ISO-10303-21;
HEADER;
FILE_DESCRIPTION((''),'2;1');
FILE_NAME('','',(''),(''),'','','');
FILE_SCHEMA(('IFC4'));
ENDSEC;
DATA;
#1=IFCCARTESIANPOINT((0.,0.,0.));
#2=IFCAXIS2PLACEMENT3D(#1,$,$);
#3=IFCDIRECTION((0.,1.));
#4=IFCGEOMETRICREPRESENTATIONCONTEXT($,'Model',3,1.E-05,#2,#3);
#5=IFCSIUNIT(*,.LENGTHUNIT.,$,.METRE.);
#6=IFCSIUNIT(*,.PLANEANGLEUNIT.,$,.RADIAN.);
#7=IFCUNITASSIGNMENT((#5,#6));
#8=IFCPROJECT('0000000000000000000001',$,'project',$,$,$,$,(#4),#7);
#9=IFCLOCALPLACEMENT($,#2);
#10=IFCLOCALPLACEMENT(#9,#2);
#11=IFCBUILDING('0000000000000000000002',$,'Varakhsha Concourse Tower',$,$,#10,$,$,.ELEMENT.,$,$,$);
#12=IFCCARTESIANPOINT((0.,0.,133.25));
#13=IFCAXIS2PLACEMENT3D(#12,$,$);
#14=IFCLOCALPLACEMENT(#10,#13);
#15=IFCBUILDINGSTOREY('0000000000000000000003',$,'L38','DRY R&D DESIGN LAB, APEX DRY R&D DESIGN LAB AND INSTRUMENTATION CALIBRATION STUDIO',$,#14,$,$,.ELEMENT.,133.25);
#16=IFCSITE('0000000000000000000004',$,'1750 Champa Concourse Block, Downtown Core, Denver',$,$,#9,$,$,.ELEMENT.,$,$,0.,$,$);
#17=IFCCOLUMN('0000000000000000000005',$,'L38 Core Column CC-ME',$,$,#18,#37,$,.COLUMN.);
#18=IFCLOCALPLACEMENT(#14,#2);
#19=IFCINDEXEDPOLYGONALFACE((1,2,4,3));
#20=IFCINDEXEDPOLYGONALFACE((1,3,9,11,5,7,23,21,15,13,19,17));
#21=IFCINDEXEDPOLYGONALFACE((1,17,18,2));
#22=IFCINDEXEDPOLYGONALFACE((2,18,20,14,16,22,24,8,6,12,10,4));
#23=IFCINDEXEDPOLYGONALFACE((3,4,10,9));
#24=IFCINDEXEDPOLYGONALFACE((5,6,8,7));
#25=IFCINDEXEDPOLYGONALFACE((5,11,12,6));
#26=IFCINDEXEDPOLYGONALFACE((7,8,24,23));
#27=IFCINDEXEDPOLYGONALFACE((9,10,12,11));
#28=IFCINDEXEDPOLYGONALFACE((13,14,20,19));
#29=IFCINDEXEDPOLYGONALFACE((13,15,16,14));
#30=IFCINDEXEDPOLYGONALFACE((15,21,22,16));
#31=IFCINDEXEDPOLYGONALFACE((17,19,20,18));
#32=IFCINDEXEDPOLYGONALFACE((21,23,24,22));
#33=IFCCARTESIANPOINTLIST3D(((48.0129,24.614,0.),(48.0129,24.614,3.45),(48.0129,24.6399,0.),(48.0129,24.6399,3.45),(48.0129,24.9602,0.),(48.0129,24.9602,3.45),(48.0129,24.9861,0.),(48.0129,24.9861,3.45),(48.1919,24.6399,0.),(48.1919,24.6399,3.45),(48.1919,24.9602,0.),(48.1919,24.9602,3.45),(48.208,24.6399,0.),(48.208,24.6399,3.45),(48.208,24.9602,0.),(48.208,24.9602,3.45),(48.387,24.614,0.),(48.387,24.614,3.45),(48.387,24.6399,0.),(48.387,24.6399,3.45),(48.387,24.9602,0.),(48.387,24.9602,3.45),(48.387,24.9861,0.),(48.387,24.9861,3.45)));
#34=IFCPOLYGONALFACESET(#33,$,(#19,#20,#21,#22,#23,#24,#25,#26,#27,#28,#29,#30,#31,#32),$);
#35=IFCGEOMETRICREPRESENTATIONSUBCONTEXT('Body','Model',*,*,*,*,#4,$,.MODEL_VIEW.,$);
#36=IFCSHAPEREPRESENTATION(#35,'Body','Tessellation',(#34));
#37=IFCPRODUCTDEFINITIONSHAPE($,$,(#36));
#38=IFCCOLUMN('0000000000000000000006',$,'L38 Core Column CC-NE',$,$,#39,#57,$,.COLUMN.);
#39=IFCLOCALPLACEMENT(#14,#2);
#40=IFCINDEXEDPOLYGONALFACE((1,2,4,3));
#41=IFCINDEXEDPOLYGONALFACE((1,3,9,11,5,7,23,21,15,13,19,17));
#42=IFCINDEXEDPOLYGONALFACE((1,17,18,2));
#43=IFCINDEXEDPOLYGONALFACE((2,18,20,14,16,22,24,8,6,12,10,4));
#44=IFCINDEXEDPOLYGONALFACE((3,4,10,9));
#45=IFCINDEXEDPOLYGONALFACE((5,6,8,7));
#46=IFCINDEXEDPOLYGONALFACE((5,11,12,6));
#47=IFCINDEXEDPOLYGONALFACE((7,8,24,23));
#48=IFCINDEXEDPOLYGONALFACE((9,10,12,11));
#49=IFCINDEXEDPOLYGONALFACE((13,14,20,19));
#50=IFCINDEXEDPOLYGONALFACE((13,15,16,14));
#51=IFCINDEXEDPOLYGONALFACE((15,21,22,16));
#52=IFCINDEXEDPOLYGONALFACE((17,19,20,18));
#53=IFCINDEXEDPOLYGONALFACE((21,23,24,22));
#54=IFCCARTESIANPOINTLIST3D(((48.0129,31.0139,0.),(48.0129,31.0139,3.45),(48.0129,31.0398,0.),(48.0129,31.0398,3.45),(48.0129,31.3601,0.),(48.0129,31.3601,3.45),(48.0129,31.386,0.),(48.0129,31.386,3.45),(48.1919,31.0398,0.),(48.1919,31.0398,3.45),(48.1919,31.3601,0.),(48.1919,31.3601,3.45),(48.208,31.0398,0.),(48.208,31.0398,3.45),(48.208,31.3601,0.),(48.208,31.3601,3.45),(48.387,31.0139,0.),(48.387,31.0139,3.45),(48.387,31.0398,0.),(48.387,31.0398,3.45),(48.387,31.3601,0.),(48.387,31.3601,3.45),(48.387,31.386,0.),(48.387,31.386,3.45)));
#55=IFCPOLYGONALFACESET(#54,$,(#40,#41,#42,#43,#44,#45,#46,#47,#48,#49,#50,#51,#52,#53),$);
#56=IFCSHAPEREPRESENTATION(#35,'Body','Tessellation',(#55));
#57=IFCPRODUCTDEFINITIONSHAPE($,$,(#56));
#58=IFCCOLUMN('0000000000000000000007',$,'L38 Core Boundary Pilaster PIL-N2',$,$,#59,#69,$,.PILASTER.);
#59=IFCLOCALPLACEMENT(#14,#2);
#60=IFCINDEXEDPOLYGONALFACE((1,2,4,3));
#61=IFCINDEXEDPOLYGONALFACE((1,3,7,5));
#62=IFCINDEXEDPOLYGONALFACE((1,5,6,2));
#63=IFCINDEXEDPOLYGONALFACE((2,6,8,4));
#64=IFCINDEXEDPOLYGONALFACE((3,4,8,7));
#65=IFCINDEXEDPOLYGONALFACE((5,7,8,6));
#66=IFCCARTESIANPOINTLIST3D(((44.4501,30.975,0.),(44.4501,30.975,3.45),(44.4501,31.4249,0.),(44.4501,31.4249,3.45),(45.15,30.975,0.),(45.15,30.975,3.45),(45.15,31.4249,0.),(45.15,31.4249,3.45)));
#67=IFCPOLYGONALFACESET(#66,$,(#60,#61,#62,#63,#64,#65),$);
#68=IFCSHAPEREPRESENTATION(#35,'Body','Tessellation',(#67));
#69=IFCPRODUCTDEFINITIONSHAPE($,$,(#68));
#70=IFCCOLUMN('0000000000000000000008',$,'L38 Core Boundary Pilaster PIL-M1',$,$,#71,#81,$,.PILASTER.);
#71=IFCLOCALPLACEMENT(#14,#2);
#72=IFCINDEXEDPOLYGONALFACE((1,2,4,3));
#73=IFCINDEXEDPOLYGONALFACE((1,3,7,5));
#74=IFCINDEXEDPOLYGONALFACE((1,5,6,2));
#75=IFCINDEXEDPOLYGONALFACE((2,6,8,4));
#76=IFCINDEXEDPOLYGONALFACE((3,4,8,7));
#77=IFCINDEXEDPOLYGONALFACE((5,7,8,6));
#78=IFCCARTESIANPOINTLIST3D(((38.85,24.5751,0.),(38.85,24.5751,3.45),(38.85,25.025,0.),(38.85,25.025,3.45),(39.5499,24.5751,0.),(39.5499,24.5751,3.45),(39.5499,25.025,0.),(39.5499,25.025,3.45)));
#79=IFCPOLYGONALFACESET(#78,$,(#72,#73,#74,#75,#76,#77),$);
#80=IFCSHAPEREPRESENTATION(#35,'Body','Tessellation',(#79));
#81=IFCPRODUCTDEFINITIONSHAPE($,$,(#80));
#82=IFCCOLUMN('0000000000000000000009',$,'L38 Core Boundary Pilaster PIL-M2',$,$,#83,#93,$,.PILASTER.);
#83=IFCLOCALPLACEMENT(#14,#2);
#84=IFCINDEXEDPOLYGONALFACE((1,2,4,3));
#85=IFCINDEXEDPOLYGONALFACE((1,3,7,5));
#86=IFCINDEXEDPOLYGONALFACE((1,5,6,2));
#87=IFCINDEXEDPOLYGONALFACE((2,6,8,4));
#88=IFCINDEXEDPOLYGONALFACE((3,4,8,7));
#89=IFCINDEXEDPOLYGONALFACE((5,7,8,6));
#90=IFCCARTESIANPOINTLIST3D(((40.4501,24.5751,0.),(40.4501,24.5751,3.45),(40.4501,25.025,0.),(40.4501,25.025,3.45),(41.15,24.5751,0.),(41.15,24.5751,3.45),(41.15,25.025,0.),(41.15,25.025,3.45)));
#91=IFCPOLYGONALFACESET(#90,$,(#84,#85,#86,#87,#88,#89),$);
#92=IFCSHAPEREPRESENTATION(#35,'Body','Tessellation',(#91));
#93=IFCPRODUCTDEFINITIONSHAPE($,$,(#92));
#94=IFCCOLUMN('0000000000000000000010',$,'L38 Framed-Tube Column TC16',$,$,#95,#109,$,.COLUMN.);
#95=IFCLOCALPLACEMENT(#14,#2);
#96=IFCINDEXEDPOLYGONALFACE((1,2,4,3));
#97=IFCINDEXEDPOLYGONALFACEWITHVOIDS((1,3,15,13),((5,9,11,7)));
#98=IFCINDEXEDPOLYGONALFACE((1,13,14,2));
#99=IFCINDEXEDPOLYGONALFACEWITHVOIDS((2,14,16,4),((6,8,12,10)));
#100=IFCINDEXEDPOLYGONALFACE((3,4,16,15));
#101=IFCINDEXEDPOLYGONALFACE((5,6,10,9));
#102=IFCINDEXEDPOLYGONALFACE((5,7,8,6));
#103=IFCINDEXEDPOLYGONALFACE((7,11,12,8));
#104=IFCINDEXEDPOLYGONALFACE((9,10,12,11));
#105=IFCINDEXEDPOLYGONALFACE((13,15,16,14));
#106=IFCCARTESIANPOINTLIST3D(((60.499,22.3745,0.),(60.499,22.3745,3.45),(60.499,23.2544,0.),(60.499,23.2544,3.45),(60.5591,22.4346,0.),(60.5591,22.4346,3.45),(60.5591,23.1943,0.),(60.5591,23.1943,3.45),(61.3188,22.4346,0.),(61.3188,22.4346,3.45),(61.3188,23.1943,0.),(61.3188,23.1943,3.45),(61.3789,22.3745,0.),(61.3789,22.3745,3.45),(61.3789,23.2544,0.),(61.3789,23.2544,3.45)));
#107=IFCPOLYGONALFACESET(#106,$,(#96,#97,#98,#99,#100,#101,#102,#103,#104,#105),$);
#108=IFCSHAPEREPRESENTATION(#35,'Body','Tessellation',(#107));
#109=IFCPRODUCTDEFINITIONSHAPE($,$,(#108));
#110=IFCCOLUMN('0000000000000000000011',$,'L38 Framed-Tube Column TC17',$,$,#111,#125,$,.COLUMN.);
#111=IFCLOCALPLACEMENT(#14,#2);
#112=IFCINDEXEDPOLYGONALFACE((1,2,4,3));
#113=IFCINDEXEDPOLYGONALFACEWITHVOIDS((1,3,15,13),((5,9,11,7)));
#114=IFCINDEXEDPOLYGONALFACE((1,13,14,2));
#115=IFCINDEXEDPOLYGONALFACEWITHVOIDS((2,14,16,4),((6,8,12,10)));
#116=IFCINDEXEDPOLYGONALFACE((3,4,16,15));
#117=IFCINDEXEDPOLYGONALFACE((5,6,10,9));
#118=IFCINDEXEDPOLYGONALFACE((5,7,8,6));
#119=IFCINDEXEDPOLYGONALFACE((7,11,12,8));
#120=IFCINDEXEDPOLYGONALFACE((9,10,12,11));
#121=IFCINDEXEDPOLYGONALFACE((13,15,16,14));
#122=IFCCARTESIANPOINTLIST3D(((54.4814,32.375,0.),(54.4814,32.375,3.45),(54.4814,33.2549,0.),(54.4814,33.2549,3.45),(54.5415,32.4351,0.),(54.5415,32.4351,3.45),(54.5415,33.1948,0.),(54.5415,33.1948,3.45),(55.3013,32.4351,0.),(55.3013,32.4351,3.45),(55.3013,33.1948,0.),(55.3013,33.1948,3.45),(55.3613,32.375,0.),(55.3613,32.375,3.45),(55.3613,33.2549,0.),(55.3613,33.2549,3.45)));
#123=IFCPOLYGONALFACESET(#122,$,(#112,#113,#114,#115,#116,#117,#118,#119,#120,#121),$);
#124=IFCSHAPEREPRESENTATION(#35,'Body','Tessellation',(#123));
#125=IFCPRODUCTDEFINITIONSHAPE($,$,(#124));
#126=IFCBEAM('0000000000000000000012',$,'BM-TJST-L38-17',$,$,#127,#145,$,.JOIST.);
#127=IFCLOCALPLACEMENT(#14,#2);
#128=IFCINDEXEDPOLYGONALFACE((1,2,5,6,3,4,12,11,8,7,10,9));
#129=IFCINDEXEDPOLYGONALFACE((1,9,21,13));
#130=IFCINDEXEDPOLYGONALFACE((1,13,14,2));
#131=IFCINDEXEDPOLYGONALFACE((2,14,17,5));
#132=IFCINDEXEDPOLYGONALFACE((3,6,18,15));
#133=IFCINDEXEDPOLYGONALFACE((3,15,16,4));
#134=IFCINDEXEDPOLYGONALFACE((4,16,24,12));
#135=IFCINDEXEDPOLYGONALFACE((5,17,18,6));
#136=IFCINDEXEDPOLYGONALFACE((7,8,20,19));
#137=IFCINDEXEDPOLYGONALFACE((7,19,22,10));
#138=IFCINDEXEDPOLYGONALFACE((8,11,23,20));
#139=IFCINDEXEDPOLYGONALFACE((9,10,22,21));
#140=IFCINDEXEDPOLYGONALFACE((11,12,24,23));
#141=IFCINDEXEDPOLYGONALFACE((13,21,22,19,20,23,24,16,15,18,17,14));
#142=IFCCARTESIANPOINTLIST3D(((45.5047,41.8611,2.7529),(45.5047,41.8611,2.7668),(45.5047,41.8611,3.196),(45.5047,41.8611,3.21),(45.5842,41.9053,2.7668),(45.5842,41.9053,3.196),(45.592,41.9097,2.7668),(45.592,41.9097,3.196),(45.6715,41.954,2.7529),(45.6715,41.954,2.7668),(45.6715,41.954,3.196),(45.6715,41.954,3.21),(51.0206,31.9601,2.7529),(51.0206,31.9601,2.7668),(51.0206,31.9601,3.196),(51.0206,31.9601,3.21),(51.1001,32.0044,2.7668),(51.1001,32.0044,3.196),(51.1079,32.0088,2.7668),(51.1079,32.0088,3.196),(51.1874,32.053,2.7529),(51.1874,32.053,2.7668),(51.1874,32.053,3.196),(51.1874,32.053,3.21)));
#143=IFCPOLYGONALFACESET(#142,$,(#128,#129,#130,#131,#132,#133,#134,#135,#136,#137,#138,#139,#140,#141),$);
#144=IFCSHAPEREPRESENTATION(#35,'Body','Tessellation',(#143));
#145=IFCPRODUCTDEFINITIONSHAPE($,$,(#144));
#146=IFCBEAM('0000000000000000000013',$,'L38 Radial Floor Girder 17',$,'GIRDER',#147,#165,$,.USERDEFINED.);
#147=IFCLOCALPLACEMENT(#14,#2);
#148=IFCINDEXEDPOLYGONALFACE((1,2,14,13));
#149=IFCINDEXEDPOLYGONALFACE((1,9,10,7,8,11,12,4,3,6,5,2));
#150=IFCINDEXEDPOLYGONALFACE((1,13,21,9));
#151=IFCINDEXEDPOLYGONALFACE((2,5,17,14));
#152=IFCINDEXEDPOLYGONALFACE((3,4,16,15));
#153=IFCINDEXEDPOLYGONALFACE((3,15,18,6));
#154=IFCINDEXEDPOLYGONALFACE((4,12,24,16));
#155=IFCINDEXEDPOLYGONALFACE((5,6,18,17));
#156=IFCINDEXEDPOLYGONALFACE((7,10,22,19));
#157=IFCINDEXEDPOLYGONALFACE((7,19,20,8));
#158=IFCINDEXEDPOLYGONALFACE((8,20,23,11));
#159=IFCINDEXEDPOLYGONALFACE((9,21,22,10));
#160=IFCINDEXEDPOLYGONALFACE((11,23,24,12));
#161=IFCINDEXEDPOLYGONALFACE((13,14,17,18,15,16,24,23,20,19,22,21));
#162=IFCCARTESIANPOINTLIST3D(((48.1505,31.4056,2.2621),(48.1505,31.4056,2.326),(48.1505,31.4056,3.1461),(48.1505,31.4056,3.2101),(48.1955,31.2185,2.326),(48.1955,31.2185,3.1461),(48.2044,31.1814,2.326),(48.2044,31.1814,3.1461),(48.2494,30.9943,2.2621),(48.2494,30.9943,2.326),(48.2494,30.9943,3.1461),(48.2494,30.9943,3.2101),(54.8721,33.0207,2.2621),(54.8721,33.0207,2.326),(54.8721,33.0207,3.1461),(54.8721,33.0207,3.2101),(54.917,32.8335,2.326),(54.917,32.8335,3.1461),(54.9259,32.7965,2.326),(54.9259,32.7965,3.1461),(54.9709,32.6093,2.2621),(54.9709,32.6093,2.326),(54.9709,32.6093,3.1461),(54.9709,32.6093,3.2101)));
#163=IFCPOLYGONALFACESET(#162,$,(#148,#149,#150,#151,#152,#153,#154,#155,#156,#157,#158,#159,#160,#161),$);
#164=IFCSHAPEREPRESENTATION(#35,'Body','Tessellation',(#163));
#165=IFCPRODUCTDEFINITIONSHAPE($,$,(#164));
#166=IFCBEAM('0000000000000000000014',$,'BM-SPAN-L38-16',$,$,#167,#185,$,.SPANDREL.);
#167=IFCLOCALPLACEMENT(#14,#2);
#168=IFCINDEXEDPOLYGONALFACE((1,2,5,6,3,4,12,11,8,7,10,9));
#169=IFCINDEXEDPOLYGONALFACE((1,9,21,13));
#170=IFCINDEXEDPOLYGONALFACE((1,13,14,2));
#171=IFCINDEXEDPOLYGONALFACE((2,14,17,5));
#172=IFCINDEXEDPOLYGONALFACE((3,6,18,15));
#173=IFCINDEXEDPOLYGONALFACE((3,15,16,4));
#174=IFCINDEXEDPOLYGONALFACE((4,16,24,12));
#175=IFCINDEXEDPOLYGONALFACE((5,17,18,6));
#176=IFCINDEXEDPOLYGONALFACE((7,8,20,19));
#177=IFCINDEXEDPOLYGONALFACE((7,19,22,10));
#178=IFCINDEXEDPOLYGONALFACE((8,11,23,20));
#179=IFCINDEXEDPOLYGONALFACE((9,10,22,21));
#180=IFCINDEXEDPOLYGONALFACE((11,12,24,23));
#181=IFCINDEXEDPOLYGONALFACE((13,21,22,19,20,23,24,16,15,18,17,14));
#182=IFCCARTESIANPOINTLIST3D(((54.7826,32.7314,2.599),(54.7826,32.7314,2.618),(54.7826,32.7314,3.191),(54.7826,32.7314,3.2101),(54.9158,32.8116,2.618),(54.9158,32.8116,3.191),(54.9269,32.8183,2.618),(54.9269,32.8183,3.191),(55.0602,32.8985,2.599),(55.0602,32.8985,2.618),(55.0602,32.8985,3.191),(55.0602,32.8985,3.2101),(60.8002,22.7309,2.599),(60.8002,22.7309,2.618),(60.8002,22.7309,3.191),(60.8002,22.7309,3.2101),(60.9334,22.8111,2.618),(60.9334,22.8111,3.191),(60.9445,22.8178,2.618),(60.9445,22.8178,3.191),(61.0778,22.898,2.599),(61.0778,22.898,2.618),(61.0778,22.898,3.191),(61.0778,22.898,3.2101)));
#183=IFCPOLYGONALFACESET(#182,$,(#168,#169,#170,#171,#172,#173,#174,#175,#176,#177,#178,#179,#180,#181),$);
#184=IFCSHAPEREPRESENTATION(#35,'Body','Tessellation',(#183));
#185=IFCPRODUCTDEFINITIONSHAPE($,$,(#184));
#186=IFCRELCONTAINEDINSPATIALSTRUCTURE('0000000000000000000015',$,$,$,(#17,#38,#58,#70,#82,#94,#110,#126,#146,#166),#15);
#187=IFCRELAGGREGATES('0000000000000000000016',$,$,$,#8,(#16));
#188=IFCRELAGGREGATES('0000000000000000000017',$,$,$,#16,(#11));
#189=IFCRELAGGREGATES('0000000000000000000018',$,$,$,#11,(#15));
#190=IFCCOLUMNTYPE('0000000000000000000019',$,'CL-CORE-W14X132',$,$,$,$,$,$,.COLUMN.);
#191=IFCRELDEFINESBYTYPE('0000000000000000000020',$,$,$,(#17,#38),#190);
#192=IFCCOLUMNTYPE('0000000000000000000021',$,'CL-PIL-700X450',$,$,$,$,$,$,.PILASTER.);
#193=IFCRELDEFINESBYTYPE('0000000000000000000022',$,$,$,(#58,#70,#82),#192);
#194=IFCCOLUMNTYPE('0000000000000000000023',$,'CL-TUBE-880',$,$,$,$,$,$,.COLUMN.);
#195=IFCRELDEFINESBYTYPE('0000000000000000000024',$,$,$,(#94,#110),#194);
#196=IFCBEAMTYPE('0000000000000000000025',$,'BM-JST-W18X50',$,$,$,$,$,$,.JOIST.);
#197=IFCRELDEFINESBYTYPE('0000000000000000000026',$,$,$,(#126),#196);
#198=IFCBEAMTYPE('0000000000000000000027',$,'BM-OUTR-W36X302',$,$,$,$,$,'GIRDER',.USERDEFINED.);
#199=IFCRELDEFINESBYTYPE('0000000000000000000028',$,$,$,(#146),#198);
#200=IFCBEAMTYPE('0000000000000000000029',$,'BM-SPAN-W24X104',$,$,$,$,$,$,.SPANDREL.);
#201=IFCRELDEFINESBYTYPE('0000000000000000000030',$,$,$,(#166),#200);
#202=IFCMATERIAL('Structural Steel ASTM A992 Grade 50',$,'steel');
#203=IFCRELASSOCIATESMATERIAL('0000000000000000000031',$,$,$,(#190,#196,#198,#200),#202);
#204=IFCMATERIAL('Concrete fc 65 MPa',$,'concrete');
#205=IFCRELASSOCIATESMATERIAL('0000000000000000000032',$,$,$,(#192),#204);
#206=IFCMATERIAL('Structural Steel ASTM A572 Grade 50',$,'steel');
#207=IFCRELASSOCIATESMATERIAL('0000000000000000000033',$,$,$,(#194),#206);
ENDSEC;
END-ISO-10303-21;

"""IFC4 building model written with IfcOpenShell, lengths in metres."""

from ifc_helpers import new_model, si_unit, direction, frame, origin, origin_2d, place, context, subcontext, project, spatial, rectangle, hollow_rectangle, i_section, extrude, material, material_profile, profile_set, type_object, element, save


model = new_model("IFC4")

# Units and contexts
model_context = context("Model", 3, precision=1e-05, world=origin(), true_north=direction((0.0, 1.0)))
body_context = subcontext(model_context, "Body", "Model", "MODEL_VIEW")
ifc_project = project(units=[si_unit("LENGTHUNIT", "METRE"), si_unit("PLANEANGLEUNIT", "RADIAN")], contexts=[model_context])

# Site, building, storey
site_placement = place(None, origin())
site = spatial("IfcSite", under=ifc_project, at=site_placement, Name="1750 Champa Concourse Block, Downtown Core, Denver", CompositionType="ELEMENT", RefElevation=0.0)
building_placement = place(site_placement, origin())
building = spatial("IfcBuilding", under=site, at=building_placement, Name="Varakhsha Concourse Tower", CompositionType="ELEMENT")
storey_placement = place(building_placement, frame((0.0, 0.0, 133.25)))
storey = spatial("IfcBuildingStorey", under=building, at=storey_placement, Name="L38", Description="DRY R&D DESIGN LAB, APEX DRY R&D DESIGN LAB AND INSTRUMENTATION CALIBRATION STUDIO", CompositionType="ELEMENT", Elevation=133.25)

# Columns
ifc_material_1 = material(Name="Structural Steel ASTM A992 Grade 50", Category="steel")
ifc_material_profile_1 = material_profile(ifc_material_1, i_section(OverallWidth=0.374, OverallDepth=0.3721, WebThickness=0.0161, FlangeThickness=0.0259, at=origin_2d()), Name="W14X132")
ifc_profile_set_1 = profile_set([ifc_material_profile_1], Name="Structural Steel ASTM A992 Grade 50")
column_type_1 = type_object("IfcColumnType", Name="CL-CORE-W14X132", PredefinedType="COLUMN", material=ifc_profile_set_1)
for number, where, z_axis, x_axis, name in (
    (1, (48.2, 24.8, 0.0), (0.0, 0.0, 1.0), (1.0, 0.0, 0.0), "L38 Core Column CC-ME"),
    (2, (48.2, 31.2, 0.0), (0.0, 0.0, 1.0), (1.0, 0.0, 0.0), "L38 Core Column CC-NE"),
):
    element("IfcColumn", number, at=place(storey_placement, frame(where, z_axis=z_axis, x_axis=x_axis)), inside=storey, type_object=column_type_1, Name=name, PredefinedType="COLUMN", context=body_context, shape_type="SweptSolid", body=[
        extrude(i_section(OverallWidth=0.374, OverallDepth=0.3721, WebThickness=0.0161, FlangeThickness=0.0259, at=origin_2d()), origin(), (0.0, 0.0, 1.0), 3.45),
    ])
ifc_material_2 = material(Name="Concrete fc 65 MPa", Category="concrete")
ifc_material_profile_2 = material_profile(ifc_material_2, rectangle(XDim=0.7, YDim=0.45, at=origin_2d()), Name="RC 700x450")
ifc_profile_set_2 = profile_set([ifc_material_profile_2], Name="Concrete fc 65 MPa")
column_type_2 = type_object("IfcColumnType", Name="CL-PIL-700X450", PredefinedType="PILASTER", material=ifc_profile_set_2)
for number, where, z_axis, x_axis, name in (
    (3, (44.8, 31.2, 0.0), (0.0, 0.0, 1.0), (1.0, 0.0, 0.0), "L38 Core Boundary Pilaster PIL-N2"),
    (4, (39.2, 24.8, 0.0), (0.0, 0.0, 1.0), (1.0, 0.0, 0.0), "L38 Core Boundary Pilaster PIL-M1"),
    (5, (40.8, 24.8, 0.0), (0.0, 0.0, 1.0), (1.0, 0.0, 0.0), "L38 Core Boundary Pilaster PIL-M2"),
):
    element("IfcColumn", number, at=place(storey_placement, frame(where, z_axis=z_axis, x_axis=x_axis)), inside=storey, type_object=column_type_2, Name=name, PredefinedType="PILASTER", context=body_context, shape_type="SweptSolid", body=[
        extrude(rectangle(XDim=0.7, YDim=0.45, at=origin_2d()), origin(), (0.0, 0.0, 1.0), 3.45),
    ])
ifc_material_3 = material(Name="Structural Steel ASTM A572 Grade 50", Category="steel")
ifc_material_profile_3 = material_profile(ifc_material_3, hollow_rectangle(XDim=0.8799, YDim=0.8799, WallThickness=0.0601, at=origin_2d()), Name="BOX 880x880x60")
ifc_profile_set_3 = profile_set([ifc_material_profile_3], Name="Structural Steel ASTM A572 Grade 50")
column_type_3 = type_object("IfcColumnType", Name="CL-TUBE-880", PredefinedType="COLUMN", material=ifc_profile_set_3)
for number, where, z_axis, x_axis, name in (
    (6, (60.939, 22.8145, 0.0), (0.0, 0.0, 1.0), (1.0, 0.0, 0.0), "L38 Framed-Tube Column TC16"),
    (7, (54.9214, 32.8149, 0.0), (0.0, 0.0, 1.0), (1.0, 0.0, 0.0), "L38 Framed-Tube Column TC17"),
):
    element("IfcColumn", number, at=place(storey_placement, frame(where, z_axis=z_axis, x_axis=x_axis)), inside=storey, type_object=column_type_3, Name=name, PredefinedType="COLUMN", context=body_context, shape_type="SweptSolid", body=[
        extrude(hollow_rectangle(XDim=0.8799, YDim=0.8799, WallThickness=0.0601, at=origin_2d()), origin(), (0.0, 0.0, 1.0), 3.45),
    ])

# Beams
ifc_material_profile_4 = material_profile(ifc_material_1, i_section(OverallWidth=0.1909, OverallDepth=0.457, WebThickness=0.009, FlangeThickness=0.0139, at=origin_2d()), Name="W18X50")
ifc_profile_set_4 = profile_set([ifc_material_profile_4], Name="Structural Steel ASTM A992 Grade 50")
beam_type_1 = type_object("IfcBeamType", Name="BM-JST-W18X50", PredefinedType="JOIST", material=ifc_profile_set_4)
beam_1_placement = place(storey_placement, frame((51.104, 32.0066, 2.9814), z_axis=(-0.48668, 0.873581, 0.0), x_axis=(-0.873581, -0.48668, 0.0)))
element("IfcBeam", 8, at=beam_1_placement, inside=storey, type_object=beam_type_1, Name="BM-TJST-L38-17", PredefinedType="JOIST", context=body_context, shape_type="SweptSolid", body=[
    extrude(i_section(OverallWidth=0.1909, OverallDepth=0.457, WebThickness=0.009, FlangeThickness=0.0139, at=origin_2d()), origin(), (0.0, 0.0, 1.0), 11.3337),
])
ifc_material_profile_5 = material_profile(ifc_material_1, i_section(OverallWidth=0.4231, OverallDepth=0.948, WebThickness=0.0381, FlangeThickness=0.064, at=origin_2d()), Name="W36X302")
ifc_profile_set_5 = profile_set([ifc_material_profile_5], Name="Structural Steel ASTM A992 Grade 50")
beam_type_2 = type_object("IfcBeamType", Name="BM-OUTR-W36X302", ElementType="GIRDER", PredefinedType="USERDEFINED", material=ifc_profile_set_5)
beam_2_placement = place(storey_placement, frame((48.2, 31.2, 2.7361), z_axis=(0.972327, 0.233625, 0.0), x_axis=(-0.233625, 0.972327, 0.0)))
element("IfcBeam", 9, at=beam_2_placement, inside=storey, type_object=beam_type_2, Name="L38 Radial Floor Girder 17", ObjectType="GIRDER", PredefinedType="USERDEFINED", context=body_context, shape_type="SweptSolid", body=[
    extrude(i_section(OverallWidth=0.4231, OverallDepth=0.948, WebThickness=0.0381, FlangeThickness=0.064, at=origin_2d()), origin(), (0.0, 0.0, 1.0), 6.9128),
])
ifc_material_profile_6 = material_profile(ifc_material_1, i_section(OverallWidth=0.324, OverallDepth=0.6111, WebThickness=0.0129, FlangeThickness=0.019, at=origin_2d()), Name="W24X104")
ifc_profile_set_6 = profile_set([ifc_material_profile_6], Name="Structural Steel ASTM A992 Grade 50")
beam_type_3 = type_object("IfcBeamType", Name="BM-SPAN-W24X104", PredefinedType="SPANDREL", material=ifc_profile_set_6)
beam_3_placement = place(storey_placement, frame((60.939, 22.8145, 2.9045), z_axis=(-0.515584, 0.856839, 0.0), x_axis=(-0.856839, -0.515584, 0.0)))
element("IfcBeam", 10, at=beam_3_placement, inside=storey, type_object=beam_type_3, Name="BM-SPAN-L38-16", PredefinedType="SPANDREL", context=body_context, shape_type="SweptSolid", body=[
    extrude(i_section(OverallWidth=0.324, OverallDepth=0.6111, WebThickness=0.0129, FlangeThickness=0.019, at=origin_2d()), origin(), (0.0, 0.0, 1.0), 11.6714),
])

save(model, "model.ifc")
